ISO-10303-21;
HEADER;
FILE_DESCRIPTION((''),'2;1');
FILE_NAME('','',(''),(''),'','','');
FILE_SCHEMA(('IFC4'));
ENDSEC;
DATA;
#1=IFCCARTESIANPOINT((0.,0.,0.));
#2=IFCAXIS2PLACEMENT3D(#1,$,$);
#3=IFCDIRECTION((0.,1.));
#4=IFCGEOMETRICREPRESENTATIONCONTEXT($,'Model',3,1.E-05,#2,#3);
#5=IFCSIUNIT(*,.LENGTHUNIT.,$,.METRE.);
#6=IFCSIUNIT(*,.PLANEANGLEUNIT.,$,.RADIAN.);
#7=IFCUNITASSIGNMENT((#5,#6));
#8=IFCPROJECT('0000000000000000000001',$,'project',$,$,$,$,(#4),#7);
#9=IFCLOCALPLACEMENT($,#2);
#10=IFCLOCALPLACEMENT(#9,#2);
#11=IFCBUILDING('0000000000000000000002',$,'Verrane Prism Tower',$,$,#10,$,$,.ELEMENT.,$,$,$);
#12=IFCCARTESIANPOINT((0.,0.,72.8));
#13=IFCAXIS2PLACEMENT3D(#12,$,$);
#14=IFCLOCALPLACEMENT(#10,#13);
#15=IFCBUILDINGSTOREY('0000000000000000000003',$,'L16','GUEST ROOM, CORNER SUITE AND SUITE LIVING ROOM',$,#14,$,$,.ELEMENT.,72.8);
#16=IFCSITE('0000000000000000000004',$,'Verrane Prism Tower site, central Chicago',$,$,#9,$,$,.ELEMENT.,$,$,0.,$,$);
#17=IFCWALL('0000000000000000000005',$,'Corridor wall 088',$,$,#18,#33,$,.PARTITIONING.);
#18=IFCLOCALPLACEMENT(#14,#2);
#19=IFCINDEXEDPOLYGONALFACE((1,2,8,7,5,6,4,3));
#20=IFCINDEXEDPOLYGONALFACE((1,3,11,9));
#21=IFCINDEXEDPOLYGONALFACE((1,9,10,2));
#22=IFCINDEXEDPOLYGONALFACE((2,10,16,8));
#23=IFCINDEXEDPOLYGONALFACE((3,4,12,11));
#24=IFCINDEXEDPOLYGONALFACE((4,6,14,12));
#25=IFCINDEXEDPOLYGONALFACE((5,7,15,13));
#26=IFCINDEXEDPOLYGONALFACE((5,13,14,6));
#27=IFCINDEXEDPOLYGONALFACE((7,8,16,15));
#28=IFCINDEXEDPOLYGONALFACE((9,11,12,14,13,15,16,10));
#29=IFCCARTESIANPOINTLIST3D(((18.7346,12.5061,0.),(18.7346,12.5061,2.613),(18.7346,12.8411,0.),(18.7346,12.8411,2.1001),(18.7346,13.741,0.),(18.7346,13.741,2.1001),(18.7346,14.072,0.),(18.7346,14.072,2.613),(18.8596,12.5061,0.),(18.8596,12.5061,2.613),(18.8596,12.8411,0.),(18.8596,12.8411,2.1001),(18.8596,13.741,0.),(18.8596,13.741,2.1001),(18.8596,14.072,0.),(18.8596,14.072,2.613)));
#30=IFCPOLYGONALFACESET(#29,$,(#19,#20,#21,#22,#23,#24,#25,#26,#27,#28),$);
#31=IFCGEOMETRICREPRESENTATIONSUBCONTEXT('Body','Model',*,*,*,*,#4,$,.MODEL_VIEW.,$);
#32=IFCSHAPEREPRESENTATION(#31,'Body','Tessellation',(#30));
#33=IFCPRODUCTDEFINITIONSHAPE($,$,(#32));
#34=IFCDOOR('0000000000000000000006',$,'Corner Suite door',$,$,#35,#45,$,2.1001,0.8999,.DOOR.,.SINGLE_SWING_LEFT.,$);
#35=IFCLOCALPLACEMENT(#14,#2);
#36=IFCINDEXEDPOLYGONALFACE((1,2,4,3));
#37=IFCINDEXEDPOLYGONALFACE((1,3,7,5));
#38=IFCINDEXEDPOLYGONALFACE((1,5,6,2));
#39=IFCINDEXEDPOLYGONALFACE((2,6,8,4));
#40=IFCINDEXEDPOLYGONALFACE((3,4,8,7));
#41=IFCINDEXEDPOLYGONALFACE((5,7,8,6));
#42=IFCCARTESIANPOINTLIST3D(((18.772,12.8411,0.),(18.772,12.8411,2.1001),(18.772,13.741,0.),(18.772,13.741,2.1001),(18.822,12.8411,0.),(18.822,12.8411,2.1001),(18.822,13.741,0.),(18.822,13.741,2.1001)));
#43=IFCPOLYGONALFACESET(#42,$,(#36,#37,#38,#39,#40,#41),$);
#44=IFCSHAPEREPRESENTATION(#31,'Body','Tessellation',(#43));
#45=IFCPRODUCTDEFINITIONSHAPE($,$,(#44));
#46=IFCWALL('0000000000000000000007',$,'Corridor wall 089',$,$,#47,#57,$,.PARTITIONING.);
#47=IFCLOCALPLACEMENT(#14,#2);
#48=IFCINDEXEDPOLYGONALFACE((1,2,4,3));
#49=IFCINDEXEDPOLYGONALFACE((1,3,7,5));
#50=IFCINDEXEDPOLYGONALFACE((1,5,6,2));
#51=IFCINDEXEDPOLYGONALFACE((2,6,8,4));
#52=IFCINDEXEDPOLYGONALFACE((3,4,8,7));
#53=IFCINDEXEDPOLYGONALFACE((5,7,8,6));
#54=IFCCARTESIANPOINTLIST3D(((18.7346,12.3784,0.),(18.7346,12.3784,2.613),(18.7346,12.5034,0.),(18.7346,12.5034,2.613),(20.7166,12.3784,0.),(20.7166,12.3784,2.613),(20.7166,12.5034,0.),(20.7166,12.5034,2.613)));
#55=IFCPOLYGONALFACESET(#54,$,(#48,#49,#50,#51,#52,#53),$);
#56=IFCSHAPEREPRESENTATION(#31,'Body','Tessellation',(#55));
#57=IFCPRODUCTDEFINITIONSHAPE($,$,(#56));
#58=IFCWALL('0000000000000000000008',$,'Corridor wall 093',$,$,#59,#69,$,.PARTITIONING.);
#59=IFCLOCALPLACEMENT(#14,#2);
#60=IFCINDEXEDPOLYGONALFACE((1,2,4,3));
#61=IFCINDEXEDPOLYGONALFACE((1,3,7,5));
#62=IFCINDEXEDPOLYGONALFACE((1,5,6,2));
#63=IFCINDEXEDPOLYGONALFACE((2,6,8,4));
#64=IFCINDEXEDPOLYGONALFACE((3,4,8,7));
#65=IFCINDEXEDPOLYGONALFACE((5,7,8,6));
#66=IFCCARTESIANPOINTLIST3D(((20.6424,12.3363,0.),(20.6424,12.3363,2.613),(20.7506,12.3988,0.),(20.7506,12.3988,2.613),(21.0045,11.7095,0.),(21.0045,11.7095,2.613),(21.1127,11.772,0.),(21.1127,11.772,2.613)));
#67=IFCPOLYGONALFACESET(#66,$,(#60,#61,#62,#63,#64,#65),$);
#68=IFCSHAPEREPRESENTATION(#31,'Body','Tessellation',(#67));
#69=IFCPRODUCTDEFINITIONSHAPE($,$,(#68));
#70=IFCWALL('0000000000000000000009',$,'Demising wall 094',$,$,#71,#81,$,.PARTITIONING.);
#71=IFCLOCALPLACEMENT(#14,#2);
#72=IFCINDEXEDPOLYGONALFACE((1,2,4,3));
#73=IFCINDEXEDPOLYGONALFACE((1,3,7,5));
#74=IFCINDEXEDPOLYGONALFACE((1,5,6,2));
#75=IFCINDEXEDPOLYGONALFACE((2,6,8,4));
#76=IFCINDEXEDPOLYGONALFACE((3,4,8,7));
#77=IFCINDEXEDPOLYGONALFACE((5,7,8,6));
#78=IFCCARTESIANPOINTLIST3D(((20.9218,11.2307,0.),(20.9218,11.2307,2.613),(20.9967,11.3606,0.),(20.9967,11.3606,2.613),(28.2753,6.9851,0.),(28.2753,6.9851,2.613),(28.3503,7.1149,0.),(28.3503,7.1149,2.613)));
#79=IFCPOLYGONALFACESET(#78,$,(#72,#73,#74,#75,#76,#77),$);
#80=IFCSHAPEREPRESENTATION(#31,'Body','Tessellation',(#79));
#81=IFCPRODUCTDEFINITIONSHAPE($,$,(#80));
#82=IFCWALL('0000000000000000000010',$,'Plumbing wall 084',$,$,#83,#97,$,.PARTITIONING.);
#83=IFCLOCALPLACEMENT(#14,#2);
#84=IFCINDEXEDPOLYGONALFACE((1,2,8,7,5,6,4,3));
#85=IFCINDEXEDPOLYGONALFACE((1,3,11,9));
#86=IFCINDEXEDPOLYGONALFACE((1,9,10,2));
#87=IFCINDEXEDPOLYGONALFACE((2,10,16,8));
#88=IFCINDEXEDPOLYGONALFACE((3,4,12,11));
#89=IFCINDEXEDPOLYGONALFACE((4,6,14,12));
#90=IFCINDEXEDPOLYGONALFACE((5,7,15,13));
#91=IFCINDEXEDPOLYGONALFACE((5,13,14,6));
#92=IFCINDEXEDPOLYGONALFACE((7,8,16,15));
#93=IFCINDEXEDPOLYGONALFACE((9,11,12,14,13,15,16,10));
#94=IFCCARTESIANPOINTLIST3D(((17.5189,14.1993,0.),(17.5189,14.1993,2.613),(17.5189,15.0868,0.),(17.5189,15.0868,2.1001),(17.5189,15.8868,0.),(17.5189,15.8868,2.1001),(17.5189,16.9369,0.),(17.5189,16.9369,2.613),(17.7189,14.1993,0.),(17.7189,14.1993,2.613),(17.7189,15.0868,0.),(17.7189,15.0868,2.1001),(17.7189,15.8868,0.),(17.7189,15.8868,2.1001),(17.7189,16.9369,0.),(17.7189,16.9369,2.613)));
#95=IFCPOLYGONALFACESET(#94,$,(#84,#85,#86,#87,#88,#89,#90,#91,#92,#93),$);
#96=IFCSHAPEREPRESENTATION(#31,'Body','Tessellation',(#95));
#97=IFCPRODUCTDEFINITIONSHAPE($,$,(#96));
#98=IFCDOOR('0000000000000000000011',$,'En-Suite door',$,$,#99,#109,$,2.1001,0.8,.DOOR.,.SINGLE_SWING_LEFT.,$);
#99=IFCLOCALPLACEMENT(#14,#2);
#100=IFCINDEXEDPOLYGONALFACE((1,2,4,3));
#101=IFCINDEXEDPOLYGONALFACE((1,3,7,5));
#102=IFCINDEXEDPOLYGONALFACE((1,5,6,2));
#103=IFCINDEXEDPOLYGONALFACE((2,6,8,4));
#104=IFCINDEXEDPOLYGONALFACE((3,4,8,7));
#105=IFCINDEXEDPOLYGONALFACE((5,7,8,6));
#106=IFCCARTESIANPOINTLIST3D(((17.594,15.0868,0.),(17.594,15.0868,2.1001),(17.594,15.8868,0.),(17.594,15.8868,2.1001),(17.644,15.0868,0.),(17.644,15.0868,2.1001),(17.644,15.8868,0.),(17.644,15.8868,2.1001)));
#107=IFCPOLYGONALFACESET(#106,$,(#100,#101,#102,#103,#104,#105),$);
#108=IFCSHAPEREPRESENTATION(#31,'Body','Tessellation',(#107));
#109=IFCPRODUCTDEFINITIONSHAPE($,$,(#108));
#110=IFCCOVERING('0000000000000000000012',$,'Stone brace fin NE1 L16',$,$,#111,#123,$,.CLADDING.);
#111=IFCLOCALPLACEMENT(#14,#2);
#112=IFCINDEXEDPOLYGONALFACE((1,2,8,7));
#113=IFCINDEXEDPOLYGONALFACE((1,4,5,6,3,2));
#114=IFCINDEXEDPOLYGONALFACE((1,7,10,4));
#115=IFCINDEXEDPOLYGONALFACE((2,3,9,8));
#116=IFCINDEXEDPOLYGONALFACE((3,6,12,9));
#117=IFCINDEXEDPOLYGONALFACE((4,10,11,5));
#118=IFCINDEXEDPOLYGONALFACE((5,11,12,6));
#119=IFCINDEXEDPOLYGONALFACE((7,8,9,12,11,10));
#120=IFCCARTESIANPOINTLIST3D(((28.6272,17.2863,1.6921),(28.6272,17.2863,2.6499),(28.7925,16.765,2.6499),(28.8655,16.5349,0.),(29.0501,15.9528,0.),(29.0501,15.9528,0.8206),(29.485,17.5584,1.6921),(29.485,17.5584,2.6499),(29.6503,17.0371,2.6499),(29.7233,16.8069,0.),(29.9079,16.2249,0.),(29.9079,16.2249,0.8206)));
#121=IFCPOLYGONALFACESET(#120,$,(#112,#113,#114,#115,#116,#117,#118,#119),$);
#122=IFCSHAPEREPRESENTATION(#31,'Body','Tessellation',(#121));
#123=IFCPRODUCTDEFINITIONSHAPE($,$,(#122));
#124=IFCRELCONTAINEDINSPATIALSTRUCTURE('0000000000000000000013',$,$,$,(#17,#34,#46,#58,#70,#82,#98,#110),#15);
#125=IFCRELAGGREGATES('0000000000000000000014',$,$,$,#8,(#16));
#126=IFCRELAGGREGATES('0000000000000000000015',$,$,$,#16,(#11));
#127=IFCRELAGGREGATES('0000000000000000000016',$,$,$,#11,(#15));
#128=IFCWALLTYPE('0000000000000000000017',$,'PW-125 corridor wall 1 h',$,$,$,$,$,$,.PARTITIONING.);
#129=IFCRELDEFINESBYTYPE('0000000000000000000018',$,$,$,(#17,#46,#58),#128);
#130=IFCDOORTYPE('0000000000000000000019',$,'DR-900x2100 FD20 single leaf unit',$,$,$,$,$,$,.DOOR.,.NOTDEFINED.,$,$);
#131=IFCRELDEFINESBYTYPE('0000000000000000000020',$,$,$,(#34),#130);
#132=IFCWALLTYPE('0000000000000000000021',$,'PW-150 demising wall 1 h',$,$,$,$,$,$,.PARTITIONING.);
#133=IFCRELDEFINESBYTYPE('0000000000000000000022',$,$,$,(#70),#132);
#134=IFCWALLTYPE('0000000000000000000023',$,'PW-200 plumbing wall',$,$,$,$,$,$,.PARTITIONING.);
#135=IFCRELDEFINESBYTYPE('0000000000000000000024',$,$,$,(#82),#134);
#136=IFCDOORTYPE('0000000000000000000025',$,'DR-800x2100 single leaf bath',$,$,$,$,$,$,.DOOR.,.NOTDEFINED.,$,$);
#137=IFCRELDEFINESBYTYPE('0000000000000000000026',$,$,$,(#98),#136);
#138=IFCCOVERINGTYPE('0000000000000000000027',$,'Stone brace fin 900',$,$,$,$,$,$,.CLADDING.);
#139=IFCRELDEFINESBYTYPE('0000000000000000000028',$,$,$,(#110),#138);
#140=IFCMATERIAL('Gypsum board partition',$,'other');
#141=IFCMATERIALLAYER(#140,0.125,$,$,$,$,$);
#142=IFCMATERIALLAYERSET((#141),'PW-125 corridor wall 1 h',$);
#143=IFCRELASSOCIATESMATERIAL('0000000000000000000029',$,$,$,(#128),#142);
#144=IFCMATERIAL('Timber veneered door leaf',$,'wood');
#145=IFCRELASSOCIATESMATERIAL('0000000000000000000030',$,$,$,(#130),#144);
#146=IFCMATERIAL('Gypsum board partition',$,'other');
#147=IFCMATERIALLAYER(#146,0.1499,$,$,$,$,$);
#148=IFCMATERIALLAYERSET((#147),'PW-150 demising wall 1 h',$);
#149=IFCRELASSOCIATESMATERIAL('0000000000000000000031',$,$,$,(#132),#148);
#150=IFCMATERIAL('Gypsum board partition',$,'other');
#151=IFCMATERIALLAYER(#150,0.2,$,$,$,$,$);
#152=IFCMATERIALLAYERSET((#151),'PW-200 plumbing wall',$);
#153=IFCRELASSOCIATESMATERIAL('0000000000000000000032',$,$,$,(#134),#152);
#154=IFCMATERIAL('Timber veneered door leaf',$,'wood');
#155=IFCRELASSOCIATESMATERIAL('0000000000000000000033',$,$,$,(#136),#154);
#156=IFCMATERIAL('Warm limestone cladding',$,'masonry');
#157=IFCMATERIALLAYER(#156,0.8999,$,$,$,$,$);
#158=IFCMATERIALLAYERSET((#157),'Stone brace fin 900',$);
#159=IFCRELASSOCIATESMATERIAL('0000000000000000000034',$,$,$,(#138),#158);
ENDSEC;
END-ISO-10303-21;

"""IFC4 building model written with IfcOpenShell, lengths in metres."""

from ifc_helpers import new_model, si_unit, direction, frame, frame_2d, origin, place, context, subcontext, project, spatial, polyline, rectangle, outline, extrude, material, layer, layer_set, type_object, element, fill, save


model = new_model("IFC4")

# Units and contexts
model_context = context("Model", 3, precision=1e-05, world=origin(), true_north=direction((0.0, 1.0)))
body_context = subcontext(model_context, "Body", "Model", "MODEL_VIEW")
ifc_project = project(units=[si_unit("LENGTHUNIT", "METRE"), si_unit("PLANEANGLEUNIT", "RADIAN")], contexts=[model_context])

# Site, building, storey
site_placement = place(None, origin())
site = spatial("IfcSite", under=ifc_project, at=site_placement, Name="Verrane Prism Tower site, central Chicago", CompositionType="ELEMENT", RefElevation=0.0)
building_placement = place(site_placement, origin())
building = spatial("IfcBuilding", under=site, at=building_placement, Name="Verrane Prism Tower", CompositionType="ELEMENT")
storey_placement = place(building_placement, frame((0.0, 0.0, 72.8)))
storey = spatial("IfcBuildingStorey", under=building, at=storey_placement, Name="L16", Description="GUEST ROOM, CORNER SUITE AND SUITE LIVING ROOM", CompositionType="ELEMENT", Elevation=72.8)

# Wall, opening, door
ifc_material_1 = material(Name="Gypsum board partition", Category="other")
ifc_layer_1 = layer(ifc_material_1, 0.125)
ifc_layer_set_1 = layer_set([ifc_layer_1], Name="PW-125 corridor wall 1 h")
wall_type_1 = type_object("IfcWallType", Name="PW-125 corridor wall 1 h", PredefinedType="PARTITIONING", material=ifc_layer_set_1)
wall_1_placement = place(storey_placement, frame((18.7971, 14.072, 0.0), z_axis=(0.0, 0.0, 1.0), x_axis=(0.0, -1.0, 0.0)))
wall_1 = element("IfcWall", 1, at=wall_1_placement, inside=storey, type_object=wall_type_1, Name="Corridor wall 088", PredefinedType="PARTITIONING", context=body_context, shape_type="SweptSolid", body=[
    extrude(rectangle(XDim=1.5659, YDim=0.125, at=frame_2d((0.783, 0.0))), origin(), (0.0, 0.0, 1.0), 2.613),
])
opening_1_placement = place(wall_1_placement, frame((0.3311, 0.0, 0.0)))
opening_1 = element("IfcOpeningElement", 2, at=opening_1_placement, cuts=wall_1, PredefinedType="OPENING", context=body_context, shape_type="SweptSolid", body=[
    extrude(rectangle(XDim=0.8999, YDim=2.1001, at=frame_2d((0.45, 1.05))), frame((0.0, 0.0725, 0.0), z_axis=(0.0, -1.0, 0.0), x_axis=(1.0, 0.0, 0.0)), (0.0, 0.0, 1.0), 0.145),
])
ifc_material_2 = material(Name="Timber veneered door leaf", Category="wood")
door_type_1 = type_object("IfcDoorType", Name="DR-900x2100 FD20 single leaf unit", OperationType="NOTDEFINED", PredefinedType="DOOR", material=ifc_material_2)
door_1_placement = place(opening_1_placement, origin())
door_1 = element("IfcDoor", 3, at=door_1_placement, inside=storey, type_object=door_type_1, Name="Corner Suite door", OperationType="SINGLE_SWING_LEFT", OverallHeight=2.1001, OverallWidth=0.8999, PredefinedType="DOOR", context=body_context, shape_type="SweptSolid", body=[
    extrude(rectangle(XDim=0.8999, YDim=2.1001, at=frame_2d((0.45, 1.05))), frame((0.0, 0.0249, 0.0), z_axis=(0.0, -1.0, 0.0), x_axis=(1.0, 0.0, 0.0)), (0.0, 0.0, 1.0), 0.05),
])
fill(opening_1, door_1)

# Walls
wall_2_placement = place(storey_placement, frame((18.7346, 12.4409, 0.0), z_axis=(0.0, 0.0, 1.0), x_axis=(1.0, 0.0, 0.0)))
element("IfcWall", 4, at=wall_2_placement, inside=storey, type_object=wall_type_1, Name="Corridor wall 089", PredefinedType="PARTITIONING", context=body_context, shape_type="SweptSolid", body=[
    extrude(rectangle(XDim=1.9819, YDim=0.125, at=frame_2d((0.991, 0.0))), origin(), (0.0, 0.0, 1.0), 2.613),
])
wall_3_placement = place(storey_placement, frame((20.6965, 12.3674, 0.0), z_axis=(0.0, 0.0, 1.0), x_axis=(0.500238, -0.865888, 0.0)))
element("IfcWall", 5, at=wall_3_placement, inside=storey, type_object=wall_type_1, Name="Corridor wall 093", PredefinedType="PARTITIONING", context=body_context, shape_type="SweptSolid", body=[
    extrude(rectangle(XDim=0.7239, YDim=0.125, at=frame_2d((0.3618, 0.0))), origin(), (0.0, 0.0, 1.0), 2.613),
])
ifc_material_3 = material(Name="Gypsum board partition", Category="other")
ifc_layer_2 = layer(ifc_material_3, 0.1499)
ifc_layer_set_2 = layer_set([ifc_layer_2], Name="PW-150 demising wall 1 h")
wall_type_2 = type_object("IfcWallType", Name="PW-150 demising wall 1 h", PredefinedType="PARTITIONING", material=ifc_layer_set_2)
wall_4_placement = place(storey_placement, frame((20.9592, 11.2957, 0.0), z_axis=(0.0, 0.0, 1.0), x_axis=(0.866023, -0.500005, 0.0)))
element("IfcWall", 6, at=wall_4_placement, inside=storey, type_object=wall_type_2, Name="Demising wall 094", PredefinedType="PARTITIONING", context=body_context, shape_type="SweptSolid", body=[
    extrude(rectangle(XDim=8.4912, YDim=0.1499, at=frame_2d((4.2456, 0.0))), origin(), (0.0, 0.0, 1.0), 2.613),
])

# Wall, opening, door
ifc_material_4 = material(Name="Gypsum board partition", Category="other")
ifc_layer_3 = layer(ifc_material_4, 0.2)
ifc_layer_set_3 = layer_set([ifc_layer_3], Name="PW-200 plumbing wall")
wall_type_3 = type_object("IfcWallType", Name="PW-200 plumbing wall", PredefinedType="PARTITIONING", material=ifc_layer_set_3)
wall_5_placement = place(storey_placement, frame((17.6189, 14.1995, 0.0), z_axis=(0.0, 0.0, 1.0), x_axis=(0.0, 1.0, 0.0)))
wall_5 = element("IfcWall", 7, at=wall_5_placement, inside=storey, type_object=wall_type_3, Name="Plumbing wall 084", PredefinedType="PARTITIONING", context=body_context, shape_type="SweptSolid", body=[
    extrude(rectangle(XDim=2.7375, YDim=0.2, at=frame_2d((1.3687, 0.0))), origin(), (0.0, 0.0, 1.0), 2.613),
])
opening_2_placement = place(wall_5_placement, frame((0.8875, 0.0, 0.0)))
opening_2 = element("IfcOpeningElement", 8, at=opening_2_placement, cuts=wall_5, PredefinedType="OPENING", context=body_context, shape_type="SweptSolid", body=[
    extrude(rectangle(XDim=0.8, YDim=2.1001, at=frame_2d((0.3999, 1.05))), frame((0.0, 0.1099, 0.0), z_axis=(0.0, -1.0, 0.0), x_axis=(1.0, 0.0, 0.0)), (0.0, 0.0, 1.0), 0.22),
])
ifc_material_5 = material(Name="Timber veneered door leaf", Category="wood")
door_type_2 = type_object("IfcDoorType", Name="DR-800x2100 single leaf bath", OperationType="NOTDEFINED", PredefinedType="DOOR", material=ifc_material_5)
door_2_placement = place(opening_2_placement, origin())
door_2 = element("IfcDoor", 9, at=door_2_placement, inside=storey, type_object=door_type_2, Name="En-Suite door", OperationType="SINGLE_SWING_LEFT", OverallHeight=2.1001, OverallWidth=0.8, PredefinedType="DOOR", context=body_context, shape_type="SweptSolid", body=[
    extrude(rectangle(XDim=0.8, YDim=2.1001, at=frame_2d((0.3999, 1.05))), frame((0.0, 0.0249, 0.0), z_axis=(0.0, -1.0, 0.0), x_axis=(1.0, 0.0, 0.0)), (0.0, 0.0, 1.0), 0.05),
])
fill(opening_2, door_2)

# Covering
ifc_material_6 = material(Name="Warm limestone cladding", Category="masonry")
ifc_layer_4 = layer(ifc_material_6, 0.8999)
ifc_layer_set_4 = layer_set([ifc_layer_4], Name="Stone brace fin 900")
covering_type = type_object("IfcCoveringType", Name="Stone brace fin 900", PredefinedType="CLADDING", material=ifc_layer_set_4)
covering_placement = place(storey_placement, frame((29.479, 16.0889, 0.0), z_axis=(0.0, 0.0, 1.0), x_axis=(-0.302317, 0.953207, 0.0)))
element("IfcCovering", 10, at=covering_placement, inside=storey, type_object=covering_type, Name="Stone brace fin NE1 L16", PredefinedType="CLADDING", context=body_context, shape_type="SweptSolid", body=[
    extrude(outline(polyline([(1.3989, 2.6499), (0.8521, 2.6499), (0.0, 0.8206), (0.0, 0.0), (0.6106, 0.0), (1.3989, 1.6921), (1.3989, 2.6499)])), frame((0.0, 0.45, 0.0), z_axis=(0.0, -1.0, 0.0), x_axis=(1.0, 0.0, 0.0)), (0.0, 0.0, 1.0), 0.8999),
])

save(model, "model.ifc")
